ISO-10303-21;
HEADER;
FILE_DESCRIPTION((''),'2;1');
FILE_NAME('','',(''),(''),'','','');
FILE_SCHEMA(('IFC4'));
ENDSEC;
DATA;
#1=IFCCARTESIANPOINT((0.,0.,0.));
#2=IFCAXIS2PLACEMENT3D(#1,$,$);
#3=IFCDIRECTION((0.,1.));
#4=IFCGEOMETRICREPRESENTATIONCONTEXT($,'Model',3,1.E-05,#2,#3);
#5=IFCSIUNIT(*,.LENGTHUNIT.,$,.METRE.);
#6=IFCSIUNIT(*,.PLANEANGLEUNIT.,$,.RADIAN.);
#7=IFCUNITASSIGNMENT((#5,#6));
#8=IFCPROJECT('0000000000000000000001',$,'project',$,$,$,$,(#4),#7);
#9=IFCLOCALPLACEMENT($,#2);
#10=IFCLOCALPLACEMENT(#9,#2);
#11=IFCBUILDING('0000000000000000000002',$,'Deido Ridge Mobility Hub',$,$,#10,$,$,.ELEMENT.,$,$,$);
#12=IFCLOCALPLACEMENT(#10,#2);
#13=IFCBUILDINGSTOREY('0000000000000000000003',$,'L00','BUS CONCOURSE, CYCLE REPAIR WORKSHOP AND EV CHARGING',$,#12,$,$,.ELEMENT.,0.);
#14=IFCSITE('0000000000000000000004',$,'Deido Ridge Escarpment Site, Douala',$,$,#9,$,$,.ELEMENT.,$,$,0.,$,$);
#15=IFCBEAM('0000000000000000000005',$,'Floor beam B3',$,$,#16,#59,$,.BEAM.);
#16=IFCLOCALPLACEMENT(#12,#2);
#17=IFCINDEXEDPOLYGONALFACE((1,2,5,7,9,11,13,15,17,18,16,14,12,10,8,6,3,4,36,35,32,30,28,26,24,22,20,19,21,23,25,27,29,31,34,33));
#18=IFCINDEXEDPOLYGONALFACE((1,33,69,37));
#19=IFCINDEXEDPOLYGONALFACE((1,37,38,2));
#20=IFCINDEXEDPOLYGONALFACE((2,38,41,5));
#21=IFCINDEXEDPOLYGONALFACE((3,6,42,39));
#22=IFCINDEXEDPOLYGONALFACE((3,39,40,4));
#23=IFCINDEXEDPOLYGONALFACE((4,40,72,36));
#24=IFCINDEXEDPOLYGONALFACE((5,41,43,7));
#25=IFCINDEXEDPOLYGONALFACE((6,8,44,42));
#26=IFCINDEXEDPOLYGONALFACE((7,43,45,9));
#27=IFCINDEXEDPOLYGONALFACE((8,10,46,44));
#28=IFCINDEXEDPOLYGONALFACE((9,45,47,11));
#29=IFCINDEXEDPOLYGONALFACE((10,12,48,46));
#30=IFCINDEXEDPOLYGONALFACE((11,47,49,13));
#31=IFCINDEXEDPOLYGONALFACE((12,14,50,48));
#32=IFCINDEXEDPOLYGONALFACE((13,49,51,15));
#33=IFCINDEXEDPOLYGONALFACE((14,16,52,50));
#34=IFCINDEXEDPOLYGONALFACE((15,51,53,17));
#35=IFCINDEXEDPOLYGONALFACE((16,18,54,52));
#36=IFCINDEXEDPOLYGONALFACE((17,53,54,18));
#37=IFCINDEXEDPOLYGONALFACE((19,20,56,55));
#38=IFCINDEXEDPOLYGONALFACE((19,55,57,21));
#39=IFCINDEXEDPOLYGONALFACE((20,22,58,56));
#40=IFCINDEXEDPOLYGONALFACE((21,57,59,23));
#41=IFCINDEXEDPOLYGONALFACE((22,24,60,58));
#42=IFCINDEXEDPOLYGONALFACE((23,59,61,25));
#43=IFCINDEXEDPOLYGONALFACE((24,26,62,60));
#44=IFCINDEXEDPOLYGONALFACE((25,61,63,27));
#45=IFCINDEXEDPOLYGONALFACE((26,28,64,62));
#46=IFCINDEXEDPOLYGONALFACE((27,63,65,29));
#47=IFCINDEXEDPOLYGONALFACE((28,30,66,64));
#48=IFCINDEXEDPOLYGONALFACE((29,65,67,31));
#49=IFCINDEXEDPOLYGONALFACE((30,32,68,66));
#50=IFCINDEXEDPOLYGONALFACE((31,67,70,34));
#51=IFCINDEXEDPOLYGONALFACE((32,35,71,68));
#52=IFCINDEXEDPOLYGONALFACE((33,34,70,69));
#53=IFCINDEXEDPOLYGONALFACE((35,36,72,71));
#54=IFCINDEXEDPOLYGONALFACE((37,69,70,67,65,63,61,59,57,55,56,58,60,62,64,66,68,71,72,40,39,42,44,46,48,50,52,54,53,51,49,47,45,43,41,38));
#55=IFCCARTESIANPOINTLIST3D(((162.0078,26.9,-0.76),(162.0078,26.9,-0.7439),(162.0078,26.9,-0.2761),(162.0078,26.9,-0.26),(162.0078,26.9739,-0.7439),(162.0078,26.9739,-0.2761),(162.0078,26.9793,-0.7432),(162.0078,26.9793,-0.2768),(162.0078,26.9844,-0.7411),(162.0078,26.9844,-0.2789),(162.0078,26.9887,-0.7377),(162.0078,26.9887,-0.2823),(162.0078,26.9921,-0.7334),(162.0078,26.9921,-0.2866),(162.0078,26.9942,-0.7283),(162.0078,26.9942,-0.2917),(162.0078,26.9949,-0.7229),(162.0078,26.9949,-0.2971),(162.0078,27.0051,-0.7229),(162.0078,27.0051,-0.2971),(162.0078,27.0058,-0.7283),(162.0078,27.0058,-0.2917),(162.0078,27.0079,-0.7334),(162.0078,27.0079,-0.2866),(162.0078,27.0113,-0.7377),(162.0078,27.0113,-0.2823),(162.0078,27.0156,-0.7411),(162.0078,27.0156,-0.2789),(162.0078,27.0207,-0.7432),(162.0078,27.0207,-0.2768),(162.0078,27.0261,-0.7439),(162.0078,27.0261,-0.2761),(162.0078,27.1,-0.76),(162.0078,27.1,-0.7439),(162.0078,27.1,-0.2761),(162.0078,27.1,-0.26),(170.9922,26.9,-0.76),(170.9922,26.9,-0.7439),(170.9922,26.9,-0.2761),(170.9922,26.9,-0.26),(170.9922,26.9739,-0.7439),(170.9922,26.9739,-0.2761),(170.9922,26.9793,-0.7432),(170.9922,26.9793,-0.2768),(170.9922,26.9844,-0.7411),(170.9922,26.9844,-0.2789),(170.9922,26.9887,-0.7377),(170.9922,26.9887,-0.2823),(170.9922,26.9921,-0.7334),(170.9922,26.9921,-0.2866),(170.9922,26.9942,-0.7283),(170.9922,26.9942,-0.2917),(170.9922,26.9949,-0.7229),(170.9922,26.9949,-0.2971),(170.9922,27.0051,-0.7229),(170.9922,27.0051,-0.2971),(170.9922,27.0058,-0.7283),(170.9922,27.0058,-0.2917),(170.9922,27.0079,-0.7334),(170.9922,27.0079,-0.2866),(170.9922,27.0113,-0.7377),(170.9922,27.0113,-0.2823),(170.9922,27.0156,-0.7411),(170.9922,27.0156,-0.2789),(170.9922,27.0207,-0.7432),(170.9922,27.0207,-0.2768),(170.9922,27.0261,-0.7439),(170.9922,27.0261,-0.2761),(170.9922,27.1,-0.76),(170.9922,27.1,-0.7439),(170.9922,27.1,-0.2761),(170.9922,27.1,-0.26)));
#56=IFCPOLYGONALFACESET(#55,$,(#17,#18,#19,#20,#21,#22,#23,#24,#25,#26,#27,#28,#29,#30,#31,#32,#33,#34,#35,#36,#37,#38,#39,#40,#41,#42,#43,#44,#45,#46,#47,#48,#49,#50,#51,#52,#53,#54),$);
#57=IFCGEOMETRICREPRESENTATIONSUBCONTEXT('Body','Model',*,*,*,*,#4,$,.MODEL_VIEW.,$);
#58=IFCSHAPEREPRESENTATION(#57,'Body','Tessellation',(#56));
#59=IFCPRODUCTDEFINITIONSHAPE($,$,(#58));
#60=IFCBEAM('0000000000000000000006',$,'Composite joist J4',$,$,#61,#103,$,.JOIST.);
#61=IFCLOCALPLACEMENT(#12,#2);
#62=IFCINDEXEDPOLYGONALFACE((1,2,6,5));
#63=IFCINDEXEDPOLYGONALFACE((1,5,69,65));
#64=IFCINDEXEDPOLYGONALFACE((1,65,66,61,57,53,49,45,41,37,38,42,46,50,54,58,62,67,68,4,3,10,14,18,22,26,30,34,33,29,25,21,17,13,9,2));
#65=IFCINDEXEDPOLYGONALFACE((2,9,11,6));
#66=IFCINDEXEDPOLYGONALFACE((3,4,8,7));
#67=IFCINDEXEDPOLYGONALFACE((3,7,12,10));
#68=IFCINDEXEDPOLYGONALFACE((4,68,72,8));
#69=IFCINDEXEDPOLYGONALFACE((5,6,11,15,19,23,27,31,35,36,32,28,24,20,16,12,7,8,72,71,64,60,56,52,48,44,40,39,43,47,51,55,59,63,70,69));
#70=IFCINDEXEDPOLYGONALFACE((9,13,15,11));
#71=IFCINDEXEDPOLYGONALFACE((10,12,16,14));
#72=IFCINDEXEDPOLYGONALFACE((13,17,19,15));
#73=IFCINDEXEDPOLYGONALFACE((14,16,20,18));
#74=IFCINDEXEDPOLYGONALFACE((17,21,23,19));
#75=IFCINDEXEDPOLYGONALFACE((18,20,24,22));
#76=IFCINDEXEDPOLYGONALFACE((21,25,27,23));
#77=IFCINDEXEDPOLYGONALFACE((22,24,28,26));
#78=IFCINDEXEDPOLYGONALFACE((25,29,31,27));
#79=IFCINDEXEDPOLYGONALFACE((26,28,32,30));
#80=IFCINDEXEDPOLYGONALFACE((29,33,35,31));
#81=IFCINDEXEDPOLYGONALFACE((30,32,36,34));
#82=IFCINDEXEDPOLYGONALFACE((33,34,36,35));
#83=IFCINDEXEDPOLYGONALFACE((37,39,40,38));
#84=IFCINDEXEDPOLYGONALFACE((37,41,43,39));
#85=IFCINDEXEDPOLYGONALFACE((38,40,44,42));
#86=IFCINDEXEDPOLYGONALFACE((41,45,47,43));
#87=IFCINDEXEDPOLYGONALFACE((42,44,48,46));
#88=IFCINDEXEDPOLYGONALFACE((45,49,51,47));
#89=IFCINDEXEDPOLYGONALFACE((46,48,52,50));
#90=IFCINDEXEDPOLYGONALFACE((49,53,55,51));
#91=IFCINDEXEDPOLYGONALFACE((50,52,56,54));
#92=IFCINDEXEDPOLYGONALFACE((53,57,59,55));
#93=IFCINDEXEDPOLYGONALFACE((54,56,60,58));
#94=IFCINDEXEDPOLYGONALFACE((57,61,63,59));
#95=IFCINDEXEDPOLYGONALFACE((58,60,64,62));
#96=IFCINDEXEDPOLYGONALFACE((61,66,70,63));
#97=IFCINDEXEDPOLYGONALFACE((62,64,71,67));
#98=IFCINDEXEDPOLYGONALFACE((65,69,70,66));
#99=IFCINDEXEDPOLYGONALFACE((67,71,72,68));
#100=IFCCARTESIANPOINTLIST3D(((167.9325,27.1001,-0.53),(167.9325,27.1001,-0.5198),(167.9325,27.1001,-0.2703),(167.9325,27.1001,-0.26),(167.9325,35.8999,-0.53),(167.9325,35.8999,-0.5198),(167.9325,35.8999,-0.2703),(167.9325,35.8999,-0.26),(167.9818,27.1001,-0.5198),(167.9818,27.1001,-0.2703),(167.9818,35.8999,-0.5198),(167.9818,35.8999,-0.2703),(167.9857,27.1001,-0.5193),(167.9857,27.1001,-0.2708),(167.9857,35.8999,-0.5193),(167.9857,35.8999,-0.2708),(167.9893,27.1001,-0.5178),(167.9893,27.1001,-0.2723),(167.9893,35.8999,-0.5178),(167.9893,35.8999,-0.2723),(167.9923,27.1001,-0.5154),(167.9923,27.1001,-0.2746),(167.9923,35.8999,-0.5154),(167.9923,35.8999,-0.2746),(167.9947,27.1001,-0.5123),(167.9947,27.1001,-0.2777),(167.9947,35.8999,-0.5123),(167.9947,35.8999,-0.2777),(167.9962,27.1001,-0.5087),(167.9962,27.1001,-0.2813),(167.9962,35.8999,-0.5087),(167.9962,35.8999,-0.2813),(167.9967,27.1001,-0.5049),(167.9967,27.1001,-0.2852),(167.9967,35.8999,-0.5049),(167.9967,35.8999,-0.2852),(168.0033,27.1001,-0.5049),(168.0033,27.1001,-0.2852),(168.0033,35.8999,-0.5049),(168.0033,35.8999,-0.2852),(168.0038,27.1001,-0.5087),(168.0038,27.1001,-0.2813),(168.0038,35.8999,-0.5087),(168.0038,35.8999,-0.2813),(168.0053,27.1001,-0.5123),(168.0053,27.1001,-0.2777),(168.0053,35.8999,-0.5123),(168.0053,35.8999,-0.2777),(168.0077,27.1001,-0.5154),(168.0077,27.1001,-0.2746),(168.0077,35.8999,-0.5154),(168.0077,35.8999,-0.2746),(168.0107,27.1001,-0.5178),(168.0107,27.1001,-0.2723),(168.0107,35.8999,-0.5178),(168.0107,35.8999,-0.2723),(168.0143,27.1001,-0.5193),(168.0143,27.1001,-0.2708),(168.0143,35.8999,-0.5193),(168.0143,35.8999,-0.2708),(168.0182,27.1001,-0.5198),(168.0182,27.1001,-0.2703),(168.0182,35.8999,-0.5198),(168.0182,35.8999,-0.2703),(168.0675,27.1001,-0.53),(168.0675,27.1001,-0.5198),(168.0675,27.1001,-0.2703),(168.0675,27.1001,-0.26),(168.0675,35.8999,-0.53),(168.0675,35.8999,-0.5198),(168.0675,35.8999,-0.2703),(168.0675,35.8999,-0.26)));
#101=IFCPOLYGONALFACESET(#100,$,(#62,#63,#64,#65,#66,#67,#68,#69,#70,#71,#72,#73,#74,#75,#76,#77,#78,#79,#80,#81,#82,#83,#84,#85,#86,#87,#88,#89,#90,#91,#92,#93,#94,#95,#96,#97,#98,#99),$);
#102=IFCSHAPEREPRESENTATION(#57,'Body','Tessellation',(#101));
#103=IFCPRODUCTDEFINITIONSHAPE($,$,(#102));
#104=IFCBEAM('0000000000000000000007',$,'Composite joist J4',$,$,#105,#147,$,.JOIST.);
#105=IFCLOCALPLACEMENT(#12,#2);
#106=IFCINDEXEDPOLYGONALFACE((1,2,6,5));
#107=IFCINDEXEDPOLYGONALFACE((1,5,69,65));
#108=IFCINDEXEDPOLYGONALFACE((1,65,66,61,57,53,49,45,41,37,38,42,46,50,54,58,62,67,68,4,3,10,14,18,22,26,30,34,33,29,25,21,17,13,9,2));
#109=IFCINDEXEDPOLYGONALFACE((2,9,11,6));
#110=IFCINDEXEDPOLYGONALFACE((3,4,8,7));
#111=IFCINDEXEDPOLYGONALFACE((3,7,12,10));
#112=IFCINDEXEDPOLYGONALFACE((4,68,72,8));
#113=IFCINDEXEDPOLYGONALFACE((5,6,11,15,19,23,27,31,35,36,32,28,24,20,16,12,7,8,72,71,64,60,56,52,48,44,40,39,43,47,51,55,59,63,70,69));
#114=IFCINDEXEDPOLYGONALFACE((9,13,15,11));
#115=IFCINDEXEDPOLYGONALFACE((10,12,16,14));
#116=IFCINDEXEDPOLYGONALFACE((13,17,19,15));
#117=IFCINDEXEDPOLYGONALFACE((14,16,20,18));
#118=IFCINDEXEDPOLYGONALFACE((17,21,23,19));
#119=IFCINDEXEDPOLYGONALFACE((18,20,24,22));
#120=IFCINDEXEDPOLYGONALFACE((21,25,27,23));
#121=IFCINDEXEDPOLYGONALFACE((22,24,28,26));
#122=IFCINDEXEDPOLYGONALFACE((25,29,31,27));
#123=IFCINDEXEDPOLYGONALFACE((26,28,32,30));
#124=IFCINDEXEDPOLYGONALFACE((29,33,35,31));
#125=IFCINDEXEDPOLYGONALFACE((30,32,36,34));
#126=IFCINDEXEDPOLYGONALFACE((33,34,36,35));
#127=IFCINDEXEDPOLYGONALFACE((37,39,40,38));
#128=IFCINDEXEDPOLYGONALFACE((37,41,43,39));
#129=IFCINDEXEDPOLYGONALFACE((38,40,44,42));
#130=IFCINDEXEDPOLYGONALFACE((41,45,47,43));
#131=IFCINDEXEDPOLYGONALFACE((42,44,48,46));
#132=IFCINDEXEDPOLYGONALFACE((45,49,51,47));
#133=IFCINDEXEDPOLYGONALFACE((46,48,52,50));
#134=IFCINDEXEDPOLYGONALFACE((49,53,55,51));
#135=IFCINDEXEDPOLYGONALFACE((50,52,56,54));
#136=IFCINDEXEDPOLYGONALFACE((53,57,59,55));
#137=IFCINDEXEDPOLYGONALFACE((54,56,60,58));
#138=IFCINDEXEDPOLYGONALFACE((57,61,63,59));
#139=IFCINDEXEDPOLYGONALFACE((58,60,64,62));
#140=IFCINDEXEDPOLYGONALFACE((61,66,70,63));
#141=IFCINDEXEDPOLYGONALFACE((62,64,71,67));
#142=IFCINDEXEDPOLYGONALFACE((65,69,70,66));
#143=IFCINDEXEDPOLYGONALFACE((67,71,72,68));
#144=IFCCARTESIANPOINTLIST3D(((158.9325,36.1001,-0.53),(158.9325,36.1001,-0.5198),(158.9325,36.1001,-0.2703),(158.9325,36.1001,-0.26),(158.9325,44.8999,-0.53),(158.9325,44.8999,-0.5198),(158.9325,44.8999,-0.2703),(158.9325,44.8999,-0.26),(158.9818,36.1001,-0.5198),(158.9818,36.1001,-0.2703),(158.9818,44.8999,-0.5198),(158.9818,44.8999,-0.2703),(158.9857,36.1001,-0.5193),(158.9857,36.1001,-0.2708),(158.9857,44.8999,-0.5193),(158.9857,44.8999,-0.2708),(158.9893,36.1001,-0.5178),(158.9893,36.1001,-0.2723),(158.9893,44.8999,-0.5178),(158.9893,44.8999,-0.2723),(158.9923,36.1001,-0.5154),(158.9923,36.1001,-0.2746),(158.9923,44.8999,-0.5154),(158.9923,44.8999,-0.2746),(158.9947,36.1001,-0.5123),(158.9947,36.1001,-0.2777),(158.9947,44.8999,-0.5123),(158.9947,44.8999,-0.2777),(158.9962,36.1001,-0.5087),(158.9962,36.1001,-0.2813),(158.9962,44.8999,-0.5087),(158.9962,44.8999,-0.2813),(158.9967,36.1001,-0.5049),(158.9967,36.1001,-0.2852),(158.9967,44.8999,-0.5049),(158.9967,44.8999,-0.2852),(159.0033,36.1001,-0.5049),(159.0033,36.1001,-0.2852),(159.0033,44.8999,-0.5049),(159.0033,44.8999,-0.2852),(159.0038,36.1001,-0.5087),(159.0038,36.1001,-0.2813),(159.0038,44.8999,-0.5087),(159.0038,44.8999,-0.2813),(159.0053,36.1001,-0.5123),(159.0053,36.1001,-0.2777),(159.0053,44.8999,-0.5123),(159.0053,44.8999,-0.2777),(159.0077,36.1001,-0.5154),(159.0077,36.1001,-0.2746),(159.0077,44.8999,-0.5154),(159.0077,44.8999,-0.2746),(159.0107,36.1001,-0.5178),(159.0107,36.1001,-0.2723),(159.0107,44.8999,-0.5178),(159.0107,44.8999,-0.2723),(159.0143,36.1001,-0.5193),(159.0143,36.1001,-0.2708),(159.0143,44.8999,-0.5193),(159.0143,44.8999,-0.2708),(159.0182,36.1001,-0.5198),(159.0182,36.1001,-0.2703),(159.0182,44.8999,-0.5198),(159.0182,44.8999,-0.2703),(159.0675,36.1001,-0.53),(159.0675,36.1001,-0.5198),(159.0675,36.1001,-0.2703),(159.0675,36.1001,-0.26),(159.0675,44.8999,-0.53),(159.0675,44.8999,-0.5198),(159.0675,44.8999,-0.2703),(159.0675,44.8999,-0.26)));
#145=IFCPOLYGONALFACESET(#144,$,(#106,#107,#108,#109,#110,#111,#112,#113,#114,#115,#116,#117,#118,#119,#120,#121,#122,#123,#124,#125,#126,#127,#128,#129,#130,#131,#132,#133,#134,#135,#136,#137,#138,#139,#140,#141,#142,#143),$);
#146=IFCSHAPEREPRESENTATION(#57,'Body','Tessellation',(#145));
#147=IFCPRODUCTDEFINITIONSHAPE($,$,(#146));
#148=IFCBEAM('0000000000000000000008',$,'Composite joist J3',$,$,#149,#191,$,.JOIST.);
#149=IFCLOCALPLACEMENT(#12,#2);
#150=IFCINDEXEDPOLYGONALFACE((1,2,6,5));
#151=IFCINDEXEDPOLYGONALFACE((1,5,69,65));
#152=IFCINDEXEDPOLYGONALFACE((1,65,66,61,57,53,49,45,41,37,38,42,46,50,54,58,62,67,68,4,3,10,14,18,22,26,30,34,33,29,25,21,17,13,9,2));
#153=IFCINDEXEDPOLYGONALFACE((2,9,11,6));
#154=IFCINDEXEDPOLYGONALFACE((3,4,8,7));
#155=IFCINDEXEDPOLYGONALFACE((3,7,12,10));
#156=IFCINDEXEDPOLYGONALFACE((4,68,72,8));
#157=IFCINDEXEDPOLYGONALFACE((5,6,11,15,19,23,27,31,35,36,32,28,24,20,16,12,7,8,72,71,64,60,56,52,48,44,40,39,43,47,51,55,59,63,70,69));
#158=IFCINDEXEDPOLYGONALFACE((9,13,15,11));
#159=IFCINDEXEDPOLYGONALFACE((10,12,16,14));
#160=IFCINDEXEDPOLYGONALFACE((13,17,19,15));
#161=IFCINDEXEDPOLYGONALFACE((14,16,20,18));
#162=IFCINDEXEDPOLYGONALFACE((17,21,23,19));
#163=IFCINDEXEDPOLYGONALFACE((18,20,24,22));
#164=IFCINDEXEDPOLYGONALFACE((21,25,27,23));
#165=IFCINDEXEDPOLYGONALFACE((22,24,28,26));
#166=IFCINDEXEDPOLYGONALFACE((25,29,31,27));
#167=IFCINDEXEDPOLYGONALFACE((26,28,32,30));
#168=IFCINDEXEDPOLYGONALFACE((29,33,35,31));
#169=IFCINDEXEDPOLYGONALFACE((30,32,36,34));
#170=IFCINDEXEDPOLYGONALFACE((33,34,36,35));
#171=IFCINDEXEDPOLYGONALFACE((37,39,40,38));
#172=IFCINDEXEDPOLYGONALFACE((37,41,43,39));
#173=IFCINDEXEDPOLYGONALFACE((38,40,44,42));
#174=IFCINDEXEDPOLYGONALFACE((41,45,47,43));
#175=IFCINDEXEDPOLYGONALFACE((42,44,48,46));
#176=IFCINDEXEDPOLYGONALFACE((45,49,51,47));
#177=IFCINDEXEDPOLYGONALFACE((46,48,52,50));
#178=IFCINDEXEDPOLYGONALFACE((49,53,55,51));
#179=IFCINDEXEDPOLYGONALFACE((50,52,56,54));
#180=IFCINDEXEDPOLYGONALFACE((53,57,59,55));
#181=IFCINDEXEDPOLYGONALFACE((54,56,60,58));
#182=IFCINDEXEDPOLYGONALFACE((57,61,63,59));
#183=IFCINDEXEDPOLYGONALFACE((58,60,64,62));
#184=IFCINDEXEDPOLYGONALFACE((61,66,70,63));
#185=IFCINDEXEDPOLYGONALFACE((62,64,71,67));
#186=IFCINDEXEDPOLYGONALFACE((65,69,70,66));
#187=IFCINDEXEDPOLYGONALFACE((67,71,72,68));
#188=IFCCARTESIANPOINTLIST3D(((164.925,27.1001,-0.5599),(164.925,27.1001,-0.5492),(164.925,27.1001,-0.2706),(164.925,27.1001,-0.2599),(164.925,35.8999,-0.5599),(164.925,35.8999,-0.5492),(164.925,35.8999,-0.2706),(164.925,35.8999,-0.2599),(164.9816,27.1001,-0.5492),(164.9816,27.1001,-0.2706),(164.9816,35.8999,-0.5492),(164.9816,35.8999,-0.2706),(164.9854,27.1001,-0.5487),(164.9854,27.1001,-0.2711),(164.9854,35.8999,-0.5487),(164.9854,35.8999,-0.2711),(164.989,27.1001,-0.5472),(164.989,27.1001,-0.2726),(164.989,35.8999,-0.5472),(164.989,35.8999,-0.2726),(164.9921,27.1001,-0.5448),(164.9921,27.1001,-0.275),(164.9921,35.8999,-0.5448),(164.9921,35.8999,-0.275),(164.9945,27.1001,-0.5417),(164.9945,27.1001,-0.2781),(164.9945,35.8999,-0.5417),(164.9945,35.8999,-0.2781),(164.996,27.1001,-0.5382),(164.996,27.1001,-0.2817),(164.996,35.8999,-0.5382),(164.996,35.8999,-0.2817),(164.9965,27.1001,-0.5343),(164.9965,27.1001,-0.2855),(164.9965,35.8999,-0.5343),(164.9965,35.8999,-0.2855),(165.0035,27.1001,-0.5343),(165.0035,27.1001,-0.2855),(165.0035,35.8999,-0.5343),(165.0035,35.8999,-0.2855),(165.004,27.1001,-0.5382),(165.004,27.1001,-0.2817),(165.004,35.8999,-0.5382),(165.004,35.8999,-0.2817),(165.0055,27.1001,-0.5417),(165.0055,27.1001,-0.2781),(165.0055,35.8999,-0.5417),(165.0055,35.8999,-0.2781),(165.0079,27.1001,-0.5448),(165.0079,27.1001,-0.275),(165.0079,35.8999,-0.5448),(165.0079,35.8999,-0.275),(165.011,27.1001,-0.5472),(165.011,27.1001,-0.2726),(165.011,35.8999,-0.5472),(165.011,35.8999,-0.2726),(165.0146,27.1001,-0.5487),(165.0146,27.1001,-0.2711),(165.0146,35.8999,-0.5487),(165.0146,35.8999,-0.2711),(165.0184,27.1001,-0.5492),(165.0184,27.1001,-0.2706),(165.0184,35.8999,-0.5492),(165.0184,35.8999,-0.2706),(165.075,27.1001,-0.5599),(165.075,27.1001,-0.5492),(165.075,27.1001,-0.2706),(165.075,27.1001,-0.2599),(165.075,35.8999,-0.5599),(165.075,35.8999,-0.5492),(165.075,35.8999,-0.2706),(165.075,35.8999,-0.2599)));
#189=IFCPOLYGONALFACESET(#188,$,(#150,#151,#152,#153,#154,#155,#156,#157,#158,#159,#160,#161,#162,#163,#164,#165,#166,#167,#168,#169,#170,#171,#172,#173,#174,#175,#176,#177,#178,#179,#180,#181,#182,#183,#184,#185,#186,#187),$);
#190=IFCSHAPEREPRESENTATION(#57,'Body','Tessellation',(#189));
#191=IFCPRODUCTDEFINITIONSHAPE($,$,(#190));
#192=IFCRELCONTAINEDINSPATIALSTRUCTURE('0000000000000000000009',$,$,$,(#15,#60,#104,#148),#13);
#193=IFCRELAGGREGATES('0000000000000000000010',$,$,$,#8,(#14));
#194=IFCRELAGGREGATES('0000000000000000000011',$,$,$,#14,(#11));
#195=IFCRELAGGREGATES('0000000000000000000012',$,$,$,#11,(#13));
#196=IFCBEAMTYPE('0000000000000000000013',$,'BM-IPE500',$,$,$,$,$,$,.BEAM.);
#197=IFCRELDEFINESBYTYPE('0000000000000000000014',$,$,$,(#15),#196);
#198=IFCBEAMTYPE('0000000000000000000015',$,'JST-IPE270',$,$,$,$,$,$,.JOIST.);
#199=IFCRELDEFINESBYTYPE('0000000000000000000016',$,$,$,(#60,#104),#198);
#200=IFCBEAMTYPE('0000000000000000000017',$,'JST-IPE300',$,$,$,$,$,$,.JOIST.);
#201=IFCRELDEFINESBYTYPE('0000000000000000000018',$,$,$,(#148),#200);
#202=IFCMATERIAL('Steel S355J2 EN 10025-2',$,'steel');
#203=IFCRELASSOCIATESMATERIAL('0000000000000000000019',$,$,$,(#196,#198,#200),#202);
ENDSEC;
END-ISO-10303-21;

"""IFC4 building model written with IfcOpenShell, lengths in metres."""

from ifc_helpers import new_model, si_unit, direction, frame, origin, origin_2d, place, context, subcontext, project, spatial, i_section, extrude, material, material_profile, profile_set, type_object, element, save


model = new_model("IFC4")

# Units and contexts
model_context = context("Model", 3, precision=1e-05, world=origin(), true_north=direction((0.0, 1.0)))
body_context = subcontext(model_context, "Body", "Model", "MODEL_VIEW")
ifc_project = project(units=[si_unit("LENGTHUNIT", "METRE"), si_unit("PLANEANGLEUNIT", "RADIAN")], contexts=[model_context])

# Site, building, storey
site_placement = place(None, origin())
site = spatial("IfcSite", under=ifc_project, at=site_placement, Name="Deido Ridge Escarpment Site, Douala", CompositionType="ELEMENT", RefElevation=0.0)
building_placement = place(site_placement, origin())
building = spatial("IfcBuilding", under=site, at=building_placement, Name="Deido Ridge Mobility Hub", CompositionType="ELEMENT")
storey_placement = place(building_placement, origin())
storey = spatial("IfcBuildingStorey", under=building, at=storey_placement, Name="L00", Description="BUS CONCOURSE, CYCLE REPAIR WORKSHOP AND EV CHARGING", CompositionType="ELEMENT", Elevation=0.0)

# Shared definitions
ifc_material_1 = material(Name="Steel S355J2 EN 10025-2", Category="steel")

# Beams
ifc_material_profile_1 = material_profile(ifc_material_1, i_section(OverallWidth=0.2, OverallDepth=0.5, WebThickness=0.0103, FlangeThickness=0.0161, FilletRadius=0.021, at=origin_2d()), Name="IPE 500")
ifc_profile_set_1 = profile_set([ifc_material_profile_1], Name="Steel S355J2 EN 10025-2")
beam_type_1 = type_object("IfcBeamType", Name="BM-IPE500", PredefinedType="BEAM", material=ifc_profile_set_1)
for number, where, z_axis, x_axis, name in (
    (1, (162.0078, 27.0, -0.51), (1.0, 0.0, 0.0), (0.0, 1.0, 0.0), "Floor beam B3"),
):
    element("IfcBeam", number, at=place(storey_placement, frame(where, z_axis=z_axis, x_axis=x_axis)), inside=storey, type_object=beam_type_1, Name=name, PredefinedType="BEAM", context=body_context, shape_type="SweptSolid", body=[
        extrude(i_section(OverallWidth=0.2, OverallDepth=0.5, WebThickness=0.0103, FlangeThickness=0.0161, FilletRadius=0.021, at=origin_2d()), origin(), (0.0, 0.0, 1.0), 8.9844),
    ])
ifc_material_profile_2 = material_profile(ifc_material_1, i_section(OverallWidth=0.135, OverallDepth=0.27, WebThickness=0.0066, FlangeThickness=0.0103, FilletRadius=0.0149, at=origin_2d()), Name="IPE 270")
ifc_profile_set_2 = profile_set([ifc_material_profile_2], Name="Steel S355J2 EN 10025-2")
beam_type_2 = type_object("IfcBeamType", Name="JST-IPE270", PredefinedType="JOIST", material=ifc_profile_set_2)
for number, where, z_axis, x_axis, name in (
    (2, (168.0, 27.1001, -0.395), (0.0, 1.0, 0.0), (-1.0, 0.0, 0.0), "Composite joist J4"),
    (3, (159.0, 36.1001, -0.395), (0.0, 1.0, 0.0), (-1.0, 0.0, 0.0), "Composite joist J4"),
):
    element("IfcBeam", number, at=place(storey_placement, frame(where, z_axis=z_axis, x_axis=x_axis)), inside=storey, type_object=beam_type_2, Name=name, PredefinedType="JOIST", context=body_context, shape_type="SweptSolid", body=[
        extrude(i_section(OverallWidth=0.135, OverallDepth=0.27, WebThickness=0.0066, FlangeThickness=0.0103, FilletRadius=0.0149, at=origin_2d()), origin(), (0.0, 0.0, 1.0), 8.7998),
    ])
ifc_material_profile_3 = material_profile(ifc_material_1, i_section(OverallWidth=0.1499, OverallDepth=0.3, WebThickness=0.0071, FlangeThickness=0.0107, FilletRadius=0.0149, at=origin_2d()), Name="IPE 300")
ifc_profile_set_3 = profile_set([ifc_material_profile_3], Name="Steel S355J2 EN 10025-2")
beam_type_3 = type_object("IfcBeamType", Name="JST-IPE300", PredefinedType="JOIST", material=ifc_profile_set_3)
beam_placement = place(storey_placement, frame((165.0, 27.1001, -0.4099), z_axis=(0.0, 1.0, 0.0), x_axis=(-1.0, 0.0, 0.0)))
element("IfcBeam", 4, at=beam_placement, inside=storey, type_object=beam_type_3, Name="Composite joist J3", PredefinedType="JOIST", context=body_context, shape_type="SweptSolid", body=[
    extrude(i_section(OverallWidth=0.1499, OverallDepth=0.3, WebThickness=0.0071, FlangeThickness=0.0107, FilletRadius=0.0149, at=origin_2d()), origin(), (0.0, 0.0, 1.0), 8.7998),
])

save(model, "model.ifc")
